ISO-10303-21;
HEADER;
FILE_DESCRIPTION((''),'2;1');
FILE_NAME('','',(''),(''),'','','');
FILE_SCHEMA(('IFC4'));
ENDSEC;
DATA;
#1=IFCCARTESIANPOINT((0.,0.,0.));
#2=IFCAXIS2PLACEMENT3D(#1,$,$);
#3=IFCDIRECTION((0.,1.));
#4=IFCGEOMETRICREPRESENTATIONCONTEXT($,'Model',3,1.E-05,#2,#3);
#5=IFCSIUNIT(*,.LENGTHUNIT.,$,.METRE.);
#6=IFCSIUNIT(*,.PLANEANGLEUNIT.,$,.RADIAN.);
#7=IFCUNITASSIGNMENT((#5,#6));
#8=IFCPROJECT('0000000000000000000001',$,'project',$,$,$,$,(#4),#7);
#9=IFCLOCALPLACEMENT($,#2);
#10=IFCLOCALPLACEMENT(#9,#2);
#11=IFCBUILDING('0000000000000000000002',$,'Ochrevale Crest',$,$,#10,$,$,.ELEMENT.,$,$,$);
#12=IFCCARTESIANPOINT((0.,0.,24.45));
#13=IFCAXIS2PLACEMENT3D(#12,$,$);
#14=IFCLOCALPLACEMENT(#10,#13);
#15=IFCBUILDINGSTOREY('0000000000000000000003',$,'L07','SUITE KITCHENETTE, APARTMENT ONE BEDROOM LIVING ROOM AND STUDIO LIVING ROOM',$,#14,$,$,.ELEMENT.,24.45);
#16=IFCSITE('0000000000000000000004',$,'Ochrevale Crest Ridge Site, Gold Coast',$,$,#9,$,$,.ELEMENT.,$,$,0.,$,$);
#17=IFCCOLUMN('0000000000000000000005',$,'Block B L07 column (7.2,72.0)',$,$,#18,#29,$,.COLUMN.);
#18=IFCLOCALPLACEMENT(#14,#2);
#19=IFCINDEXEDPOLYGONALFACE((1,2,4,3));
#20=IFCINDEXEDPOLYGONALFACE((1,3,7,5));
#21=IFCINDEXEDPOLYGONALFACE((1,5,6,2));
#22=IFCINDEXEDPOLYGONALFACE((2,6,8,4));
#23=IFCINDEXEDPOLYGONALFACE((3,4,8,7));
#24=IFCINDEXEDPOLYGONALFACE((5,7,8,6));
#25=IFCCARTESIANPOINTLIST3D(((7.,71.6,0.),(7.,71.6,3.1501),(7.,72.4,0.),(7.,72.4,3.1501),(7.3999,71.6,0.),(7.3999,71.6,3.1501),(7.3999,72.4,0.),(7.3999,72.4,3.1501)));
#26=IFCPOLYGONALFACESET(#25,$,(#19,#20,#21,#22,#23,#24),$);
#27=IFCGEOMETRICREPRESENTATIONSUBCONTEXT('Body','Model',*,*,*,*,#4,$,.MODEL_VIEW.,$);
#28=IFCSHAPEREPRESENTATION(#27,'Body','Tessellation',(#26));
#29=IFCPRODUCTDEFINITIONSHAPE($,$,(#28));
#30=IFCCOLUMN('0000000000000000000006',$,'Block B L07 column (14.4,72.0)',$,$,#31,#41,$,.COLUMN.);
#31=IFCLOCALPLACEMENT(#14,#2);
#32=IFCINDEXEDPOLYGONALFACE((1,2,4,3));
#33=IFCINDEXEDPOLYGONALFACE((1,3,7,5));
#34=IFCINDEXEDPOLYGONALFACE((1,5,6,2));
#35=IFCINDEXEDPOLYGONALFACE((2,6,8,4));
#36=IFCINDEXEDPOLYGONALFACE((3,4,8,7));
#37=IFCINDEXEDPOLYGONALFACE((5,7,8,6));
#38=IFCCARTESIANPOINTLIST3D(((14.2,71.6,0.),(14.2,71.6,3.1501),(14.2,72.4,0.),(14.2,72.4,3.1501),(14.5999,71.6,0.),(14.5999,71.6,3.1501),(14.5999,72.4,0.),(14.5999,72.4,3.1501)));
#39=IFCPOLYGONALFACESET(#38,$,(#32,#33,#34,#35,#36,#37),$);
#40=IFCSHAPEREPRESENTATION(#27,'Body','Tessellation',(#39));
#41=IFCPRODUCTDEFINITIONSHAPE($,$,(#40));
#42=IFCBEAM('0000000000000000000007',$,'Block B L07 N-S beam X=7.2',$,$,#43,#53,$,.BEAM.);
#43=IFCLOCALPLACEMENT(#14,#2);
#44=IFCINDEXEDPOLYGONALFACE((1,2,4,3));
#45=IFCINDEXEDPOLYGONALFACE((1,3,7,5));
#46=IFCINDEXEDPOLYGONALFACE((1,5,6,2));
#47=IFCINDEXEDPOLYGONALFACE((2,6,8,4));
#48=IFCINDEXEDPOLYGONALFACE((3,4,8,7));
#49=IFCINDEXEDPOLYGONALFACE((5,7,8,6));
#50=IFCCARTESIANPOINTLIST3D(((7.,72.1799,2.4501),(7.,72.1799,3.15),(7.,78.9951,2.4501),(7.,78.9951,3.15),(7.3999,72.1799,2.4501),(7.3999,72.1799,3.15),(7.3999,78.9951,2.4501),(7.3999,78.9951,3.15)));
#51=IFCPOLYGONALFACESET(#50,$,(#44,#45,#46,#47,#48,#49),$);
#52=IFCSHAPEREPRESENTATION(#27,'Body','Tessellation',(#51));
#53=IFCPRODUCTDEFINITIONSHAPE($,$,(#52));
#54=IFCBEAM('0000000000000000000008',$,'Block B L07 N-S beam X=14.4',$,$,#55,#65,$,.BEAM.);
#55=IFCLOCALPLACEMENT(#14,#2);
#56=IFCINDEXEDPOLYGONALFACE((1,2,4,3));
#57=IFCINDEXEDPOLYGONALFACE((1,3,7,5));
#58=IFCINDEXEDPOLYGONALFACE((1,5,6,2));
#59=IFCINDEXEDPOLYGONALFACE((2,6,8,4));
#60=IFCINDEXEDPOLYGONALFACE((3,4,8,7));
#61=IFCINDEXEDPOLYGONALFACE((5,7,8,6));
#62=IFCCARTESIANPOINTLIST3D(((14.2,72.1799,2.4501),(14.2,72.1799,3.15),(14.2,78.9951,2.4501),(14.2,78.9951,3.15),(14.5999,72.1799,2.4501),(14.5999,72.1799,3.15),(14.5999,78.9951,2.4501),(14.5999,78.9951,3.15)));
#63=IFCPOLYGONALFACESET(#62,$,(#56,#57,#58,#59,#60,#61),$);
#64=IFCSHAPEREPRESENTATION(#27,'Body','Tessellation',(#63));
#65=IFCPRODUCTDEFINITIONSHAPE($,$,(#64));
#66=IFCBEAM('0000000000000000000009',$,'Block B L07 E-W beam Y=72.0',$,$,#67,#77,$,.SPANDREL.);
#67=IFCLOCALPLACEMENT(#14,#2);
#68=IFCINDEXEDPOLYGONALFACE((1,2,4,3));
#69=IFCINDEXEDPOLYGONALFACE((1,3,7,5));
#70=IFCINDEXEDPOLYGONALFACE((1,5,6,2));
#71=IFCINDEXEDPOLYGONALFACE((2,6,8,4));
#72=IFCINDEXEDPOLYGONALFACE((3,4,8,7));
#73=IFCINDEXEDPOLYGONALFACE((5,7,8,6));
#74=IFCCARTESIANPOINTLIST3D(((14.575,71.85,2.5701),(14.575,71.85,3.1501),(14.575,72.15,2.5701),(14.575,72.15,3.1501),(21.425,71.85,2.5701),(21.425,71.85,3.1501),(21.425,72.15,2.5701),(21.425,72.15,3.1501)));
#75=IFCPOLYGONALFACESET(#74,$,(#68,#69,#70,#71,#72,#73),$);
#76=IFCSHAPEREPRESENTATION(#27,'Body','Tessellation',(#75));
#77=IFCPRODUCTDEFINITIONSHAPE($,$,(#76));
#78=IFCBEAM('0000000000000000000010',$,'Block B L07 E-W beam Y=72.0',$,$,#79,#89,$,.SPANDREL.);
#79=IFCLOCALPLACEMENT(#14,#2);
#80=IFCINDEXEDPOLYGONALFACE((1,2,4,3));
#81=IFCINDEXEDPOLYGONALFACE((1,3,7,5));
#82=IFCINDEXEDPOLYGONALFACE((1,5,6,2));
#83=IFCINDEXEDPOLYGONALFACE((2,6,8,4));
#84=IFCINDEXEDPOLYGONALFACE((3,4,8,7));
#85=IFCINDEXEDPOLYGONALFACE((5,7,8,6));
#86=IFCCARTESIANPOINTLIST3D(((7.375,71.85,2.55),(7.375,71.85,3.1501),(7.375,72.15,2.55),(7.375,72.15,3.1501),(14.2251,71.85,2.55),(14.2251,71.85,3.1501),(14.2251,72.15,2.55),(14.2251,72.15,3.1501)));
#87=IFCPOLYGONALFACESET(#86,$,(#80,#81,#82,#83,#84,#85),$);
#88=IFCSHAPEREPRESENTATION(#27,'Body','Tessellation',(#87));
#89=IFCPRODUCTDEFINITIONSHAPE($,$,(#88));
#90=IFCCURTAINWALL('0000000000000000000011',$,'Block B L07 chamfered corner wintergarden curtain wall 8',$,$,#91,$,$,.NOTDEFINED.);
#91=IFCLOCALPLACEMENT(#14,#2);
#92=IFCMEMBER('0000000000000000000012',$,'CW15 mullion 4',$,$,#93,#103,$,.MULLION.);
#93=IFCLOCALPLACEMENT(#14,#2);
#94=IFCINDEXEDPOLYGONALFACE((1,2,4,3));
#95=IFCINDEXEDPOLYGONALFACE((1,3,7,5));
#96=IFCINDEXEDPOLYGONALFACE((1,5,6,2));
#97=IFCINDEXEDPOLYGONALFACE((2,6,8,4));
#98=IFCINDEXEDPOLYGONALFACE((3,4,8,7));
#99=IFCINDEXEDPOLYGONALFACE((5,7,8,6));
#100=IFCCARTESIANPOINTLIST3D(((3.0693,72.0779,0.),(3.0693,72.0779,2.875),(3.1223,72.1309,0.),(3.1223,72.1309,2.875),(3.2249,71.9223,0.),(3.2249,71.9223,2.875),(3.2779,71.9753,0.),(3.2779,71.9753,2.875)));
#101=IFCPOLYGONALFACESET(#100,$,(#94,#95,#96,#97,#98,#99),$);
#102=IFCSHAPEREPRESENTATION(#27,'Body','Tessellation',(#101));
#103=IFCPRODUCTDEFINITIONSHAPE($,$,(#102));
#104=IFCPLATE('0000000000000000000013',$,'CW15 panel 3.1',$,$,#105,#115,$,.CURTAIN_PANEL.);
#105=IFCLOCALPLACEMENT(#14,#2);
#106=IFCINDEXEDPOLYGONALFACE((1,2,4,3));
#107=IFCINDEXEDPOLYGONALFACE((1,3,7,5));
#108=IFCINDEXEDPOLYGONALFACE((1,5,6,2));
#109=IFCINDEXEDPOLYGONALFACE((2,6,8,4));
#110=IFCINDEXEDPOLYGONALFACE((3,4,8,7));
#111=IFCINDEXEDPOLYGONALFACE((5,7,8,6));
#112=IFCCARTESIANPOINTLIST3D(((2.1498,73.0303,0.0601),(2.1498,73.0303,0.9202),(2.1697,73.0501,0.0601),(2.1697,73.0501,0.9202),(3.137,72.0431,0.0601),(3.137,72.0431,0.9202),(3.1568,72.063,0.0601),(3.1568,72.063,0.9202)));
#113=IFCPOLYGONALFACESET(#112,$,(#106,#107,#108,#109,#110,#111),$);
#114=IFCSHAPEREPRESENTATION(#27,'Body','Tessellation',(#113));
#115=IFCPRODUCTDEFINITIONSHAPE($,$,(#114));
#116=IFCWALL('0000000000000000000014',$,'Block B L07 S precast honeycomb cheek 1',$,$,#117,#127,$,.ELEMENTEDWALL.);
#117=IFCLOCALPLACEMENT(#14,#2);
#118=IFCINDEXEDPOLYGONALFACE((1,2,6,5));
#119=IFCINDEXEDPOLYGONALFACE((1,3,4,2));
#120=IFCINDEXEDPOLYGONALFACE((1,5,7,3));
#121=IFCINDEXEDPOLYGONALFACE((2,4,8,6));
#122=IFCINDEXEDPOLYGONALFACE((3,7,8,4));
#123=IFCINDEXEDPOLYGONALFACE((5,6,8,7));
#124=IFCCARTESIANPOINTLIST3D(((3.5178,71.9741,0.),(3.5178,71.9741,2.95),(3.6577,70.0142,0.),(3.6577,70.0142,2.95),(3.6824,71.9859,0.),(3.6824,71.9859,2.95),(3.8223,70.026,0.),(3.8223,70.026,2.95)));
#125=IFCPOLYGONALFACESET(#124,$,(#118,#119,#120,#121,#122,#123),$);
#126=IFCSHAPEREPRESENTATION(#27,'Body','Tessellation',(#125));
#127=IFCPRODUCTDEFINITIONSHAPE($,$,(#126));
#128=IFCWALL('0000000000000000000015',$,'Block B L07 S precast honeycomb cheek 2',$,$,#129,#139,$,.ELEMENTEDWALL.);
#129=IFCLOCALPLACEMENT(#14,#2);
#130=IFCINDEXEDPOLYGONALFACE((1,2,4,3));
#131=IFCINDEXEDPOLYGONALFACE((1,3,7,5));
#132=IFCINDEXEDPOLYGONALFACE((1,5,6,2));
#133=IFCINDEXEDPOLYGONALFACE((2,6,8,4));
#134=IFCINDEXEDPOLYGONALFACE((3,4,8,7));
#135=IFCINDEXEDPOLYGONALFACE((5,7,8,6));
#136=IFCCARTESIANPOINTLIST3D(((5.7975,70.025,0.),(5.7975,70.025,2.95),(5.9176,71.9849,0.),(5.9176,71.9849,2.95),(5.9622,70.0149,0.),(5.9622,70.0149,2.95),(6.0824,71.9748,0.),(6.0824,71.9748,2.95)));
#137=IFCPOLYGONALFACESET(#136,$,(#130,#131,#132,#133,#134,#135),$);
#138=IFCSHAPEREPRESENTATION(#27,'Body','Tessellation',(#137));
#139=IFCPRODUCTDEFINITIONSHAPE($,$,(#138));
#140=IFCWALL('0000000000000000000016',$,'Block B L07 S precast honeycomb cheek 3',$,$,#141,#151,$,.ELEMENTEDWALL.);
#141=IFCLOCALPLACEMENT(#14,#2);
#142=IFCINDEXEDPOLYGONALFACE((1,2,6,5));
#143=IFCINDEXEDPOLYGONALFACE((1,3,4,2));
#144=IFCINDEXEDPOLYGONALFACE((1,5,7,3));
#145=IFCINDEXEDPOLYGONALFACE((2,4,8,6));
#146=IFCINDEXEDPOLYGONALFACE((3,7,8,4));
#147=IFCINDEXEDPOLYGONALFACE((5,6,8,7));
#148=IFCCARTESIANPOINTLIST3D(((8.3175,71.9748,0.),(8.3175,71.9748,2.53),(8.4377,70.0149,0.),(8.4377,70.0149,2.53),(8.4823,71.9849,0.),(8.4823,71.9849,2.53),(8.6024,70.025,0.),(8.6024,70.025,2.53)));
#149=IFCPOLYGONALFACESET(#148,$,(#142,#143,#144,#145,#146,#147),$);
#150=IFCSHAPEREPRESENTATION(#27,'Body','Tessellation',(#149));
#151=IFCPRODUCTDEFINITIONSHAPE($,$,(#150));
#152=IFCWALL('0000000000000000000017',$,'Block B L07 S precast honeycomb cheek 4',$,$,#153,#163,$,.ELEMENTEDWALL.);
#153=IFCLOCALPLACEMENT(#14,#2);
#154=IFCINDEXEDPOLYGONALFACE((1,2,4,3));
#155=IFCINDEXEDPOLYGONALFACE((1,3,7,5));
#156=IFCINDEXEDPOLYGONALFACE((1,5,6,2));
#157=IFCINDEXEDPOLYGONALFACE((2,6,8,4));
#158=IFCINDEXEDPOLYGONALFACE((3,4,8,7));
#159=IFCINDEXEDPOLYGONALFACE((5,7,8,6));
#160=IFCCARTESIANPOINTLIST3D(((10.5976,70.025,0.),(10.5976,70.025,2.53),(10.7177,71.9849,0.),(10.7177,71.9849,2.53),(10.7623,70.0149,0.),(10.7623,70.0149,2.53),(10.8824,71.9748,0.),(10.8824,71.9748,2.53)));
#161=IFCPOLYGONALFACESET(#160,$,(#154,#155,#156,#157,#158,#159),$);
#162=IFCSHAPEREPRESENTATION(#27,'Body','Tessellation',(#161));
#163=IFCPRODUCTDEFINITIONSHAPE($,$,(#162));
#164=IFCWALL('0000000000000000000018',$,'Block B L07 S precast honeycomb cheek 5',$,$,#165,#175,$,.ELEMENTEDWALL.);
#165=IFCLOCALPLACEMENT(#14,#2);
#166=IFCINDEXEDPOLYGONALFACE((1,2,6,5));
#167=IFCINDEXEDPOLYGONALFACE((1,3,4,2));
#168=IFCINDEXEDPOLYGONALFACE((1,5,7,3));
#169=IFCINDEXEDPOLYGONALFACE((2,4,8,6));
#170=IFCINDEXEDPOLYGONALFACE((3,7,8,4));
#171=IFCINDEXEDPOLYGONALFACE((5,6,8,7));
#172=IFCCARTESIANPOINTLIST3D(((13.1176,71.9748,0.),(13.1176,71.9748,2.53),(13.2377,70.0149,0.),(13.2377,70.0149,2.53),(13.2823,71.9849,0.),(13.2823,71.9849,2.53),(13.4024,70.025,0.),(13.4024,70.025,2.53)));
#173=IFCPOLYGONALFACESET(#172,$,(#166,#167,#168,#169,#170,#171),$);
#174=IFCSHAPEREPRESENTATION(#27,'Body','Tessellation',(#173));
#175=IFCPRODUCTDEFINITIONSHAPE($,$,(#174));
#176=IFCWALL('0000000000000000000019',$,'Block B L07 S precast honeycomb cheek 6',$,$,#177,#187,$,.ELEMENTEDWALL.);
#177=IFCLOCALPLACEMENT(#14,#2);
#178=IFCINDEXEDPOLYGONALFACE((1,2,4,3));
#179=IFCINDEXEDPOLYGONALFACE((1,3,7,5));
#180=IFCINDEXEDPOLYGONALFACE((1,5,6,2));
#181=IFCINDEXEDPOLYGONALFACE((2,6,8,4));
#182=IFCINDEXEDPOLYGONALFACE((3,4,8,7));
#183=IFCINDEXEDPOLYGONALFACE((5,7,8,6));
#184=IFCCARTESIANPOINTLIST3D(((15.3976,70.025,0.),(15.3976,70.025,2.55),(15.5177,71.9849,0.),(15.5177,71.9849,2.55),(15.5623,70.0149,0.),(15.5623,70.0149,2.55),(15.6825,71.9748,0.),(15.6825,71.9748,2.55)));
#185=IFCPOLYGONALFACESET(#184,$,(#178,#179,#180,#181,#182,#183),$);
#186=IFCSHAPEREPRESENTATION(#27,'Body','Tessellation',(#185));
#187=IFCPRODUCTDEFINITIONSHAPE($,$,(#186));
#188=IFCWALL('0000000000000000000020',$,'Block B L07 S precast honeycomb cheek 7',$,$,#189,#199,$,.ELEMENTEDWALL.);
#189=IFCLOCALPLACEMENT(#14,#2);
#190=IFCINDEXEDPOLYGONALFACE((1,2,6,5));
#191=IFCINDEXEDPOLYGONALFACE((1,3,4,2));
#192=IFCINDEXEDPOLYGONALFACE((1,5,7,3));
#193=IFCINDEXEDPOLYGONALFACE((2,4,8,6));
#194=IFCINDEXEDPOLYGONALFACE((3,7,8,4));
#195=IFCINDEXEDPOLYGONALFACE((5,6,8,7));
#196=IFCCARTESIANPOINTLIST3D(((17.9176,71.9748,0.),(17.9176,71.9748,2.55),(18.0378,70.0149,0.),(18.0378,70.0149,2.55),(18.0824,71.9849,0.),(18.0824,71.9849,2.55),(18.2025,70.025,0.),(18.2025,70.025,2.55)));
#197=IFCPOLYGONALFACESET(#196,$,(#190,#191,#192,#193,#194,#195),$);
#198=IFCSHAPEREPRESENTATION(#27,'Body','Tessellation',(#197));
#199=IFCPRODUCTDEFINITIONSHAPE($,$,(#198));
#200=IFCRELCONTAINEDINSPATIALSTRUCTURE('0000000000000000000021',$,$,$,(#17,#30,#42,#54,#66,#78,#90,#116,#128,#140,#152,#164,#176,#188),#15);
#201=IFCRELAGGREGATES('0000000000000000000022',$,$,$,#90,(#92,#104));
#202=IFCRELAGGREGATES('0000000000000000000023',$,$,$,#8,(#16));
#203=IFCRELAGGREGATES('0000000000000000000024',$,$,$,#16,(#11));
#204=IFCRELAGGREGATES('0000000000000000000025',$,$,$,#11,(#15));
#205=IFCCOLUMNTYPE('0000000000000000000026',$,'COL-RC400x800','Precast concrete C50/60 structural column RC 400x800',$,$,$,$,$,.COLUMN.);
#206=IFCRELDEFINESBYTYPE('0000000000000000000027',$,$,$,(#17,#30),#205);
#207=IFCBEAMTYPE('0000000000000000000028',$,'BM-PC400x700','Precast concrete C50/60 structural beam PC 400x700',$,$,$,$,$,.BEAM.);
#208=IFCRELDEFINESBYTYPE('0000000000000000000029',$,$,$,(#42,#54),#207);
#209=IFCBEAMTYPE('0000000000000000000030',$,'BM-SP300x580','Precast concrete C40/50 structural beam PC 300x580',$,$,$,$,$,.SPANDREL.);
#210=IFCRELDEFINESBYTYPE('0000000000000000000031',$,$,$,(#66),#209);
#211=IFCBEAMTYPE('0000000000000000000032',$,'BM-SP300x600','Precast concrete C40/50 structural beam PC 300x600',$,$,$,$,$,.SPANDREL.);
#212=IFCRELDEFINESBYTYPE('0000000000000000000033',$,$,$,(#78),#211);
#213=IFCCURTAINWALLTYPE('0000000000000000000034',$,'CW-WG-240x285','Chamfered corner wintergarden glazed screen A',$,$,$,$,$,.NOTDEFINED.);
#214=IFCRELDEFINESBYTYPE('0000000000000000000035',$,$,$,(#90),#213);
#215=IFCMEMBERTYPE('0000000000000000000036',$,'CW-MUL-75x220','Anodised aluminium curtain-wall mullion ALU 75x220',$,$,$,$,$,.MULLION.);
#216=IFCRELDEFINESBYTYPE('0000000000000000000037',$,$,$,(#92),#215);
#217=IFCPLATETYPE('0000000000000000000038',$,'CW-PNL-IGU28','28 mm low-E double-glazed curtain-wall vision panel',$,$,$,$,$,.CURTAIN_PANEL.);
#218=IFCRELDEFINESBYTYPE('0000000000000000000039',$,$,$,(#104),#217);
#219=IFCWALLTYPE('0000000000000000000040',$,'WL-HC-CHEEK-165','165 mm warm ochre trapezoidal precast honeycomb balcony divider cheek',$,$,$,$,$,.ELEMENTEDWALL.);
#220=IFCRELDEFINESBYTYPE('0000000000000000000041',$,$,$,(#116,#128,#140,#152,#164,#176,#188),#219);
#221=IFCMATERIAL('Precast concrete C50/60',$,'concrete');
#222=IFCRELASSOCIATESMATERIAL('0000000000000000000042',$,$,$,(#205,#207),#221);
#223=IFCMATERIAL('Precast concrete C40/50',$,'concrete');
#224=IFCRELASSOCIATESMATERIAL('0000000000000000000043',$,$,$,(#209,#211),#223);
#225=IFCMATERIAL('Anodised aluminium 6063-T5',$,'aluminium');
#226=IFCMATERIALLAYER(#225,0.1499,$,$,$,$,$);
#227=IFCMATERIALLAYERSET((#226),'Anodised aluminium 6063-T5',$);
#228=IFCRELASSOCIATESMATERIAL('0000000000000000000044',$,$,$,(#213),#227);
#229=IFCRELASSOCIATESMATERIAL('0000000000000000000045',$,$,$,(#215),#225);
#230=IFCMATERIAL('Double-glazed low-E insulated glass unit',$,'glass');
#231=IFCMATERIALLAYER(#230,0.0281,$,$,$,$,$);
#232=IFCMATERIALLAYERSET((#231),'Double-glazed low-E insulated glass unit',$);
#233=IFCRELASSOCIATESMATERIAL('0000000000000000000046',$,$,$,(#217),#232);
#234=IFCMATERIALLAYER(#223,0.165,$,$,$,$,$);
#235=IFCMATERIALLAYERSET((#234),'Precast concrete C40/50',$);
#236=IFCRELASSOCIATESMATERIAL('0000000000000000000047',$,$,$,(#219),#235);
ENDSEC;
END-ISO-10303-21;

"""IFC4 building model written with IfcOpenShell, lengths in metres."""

from ifc_helpers import new_model, si_unit, direction, frame, frame_2d, origin, origin_2d, place, context, subcontext, project, spatial, rectangle, extrude, material, layer, layer_set, material_profile, profile_set, type_object, element, aggregate, save


model = new_model("IFC4")

# Units and contexts
model_context = context("Model", 3, precision=1e-05, world=origin(), true_north=direction((0.0, 1.0)))
body_context = subcontext(model_context, "Body", "Model", "MODEL_VIEW")
ifc_project = project(units=[si_unit("LENGTHUNIT", "METRE"), si_unit("PLANEANGLEUNIT", "RADIAN")], contexts=[model_context])

# Site, building, storey
site_placement = place(None, origin())
site = spatial("IfcSite", under=ifc_project, at=site_placement, Name="Ochrevale Crest Ridge Site, Gold Coast", CompositionType="ELEMENT", RefElevation=0.0)
building_placement = place(site_placement, origin())
building = spatial("IfcBuilding", under=site, at=building_placement, Name="Ochrevale Crest", CompositionType="ELEMENT")
storey_placement = place(building_placement, frame((0.0, 0.0, 24.45)))
storey = spatial("IfcBuildingStorey", under=building, at=storey_placement, Name="L07", Description="SUITE KITCHENETTE, APARTMENT ONE BEDROOM LIVING ROOM AND STUDIO LIVING ROOM", CompositionType="ELEMENT", Elevation=24.45)

# Columns
ifc_material_1 = material(Name="Precast concrete C50/60", Category="concrete")
ifc_material_profile_1 = material_profile(ifc_material_1, rectangle(XDim=0.3999, YDim=0.8, at=origin_2d()), Name="RC 400x800")
ifc_profile_set_1 = profile_set([ifc_material_profile_1], Name="Precast concrete C50/60")
column_type = type_object("IfcColumnType", Name="COL-RC400x800", Description="Precast concrete C50/60 structural column RC 400x800", PredefinedType="COLUMN", material=ifc_profile_set_1)
for number, where, z_axis, x_axis, name in (
    (1, (7.2, 72.0, 0.0), (0.0, 0.0, 1.0), (1.0, 0.0, 0.0), "Block B L07 column (7.2,72.0)"),
    (2, (14.3999, 72.0, 0.0), (0.0, 0.0, 1.0), (1.0, 0.0, 0.0), "Block B L07 column (14.4,72.0)"),
):
    element("IfcColumn", number, at=place(storey_placement, frame(where, z_axis=z_axis, x_axis=x_axis)), inside=storey, type_object=column_type, Name=name, PredefinedType="COLUMN", context=body_context, shape_type="SweptSolid", body=[
        extrude(rectangle(XDim=0.3999, YDim=0.8, at=origin_2d()), origin(), (0.0, 0.0, 1.0), 3.1501),
    ])

# Beams
ifc_material_profile_2 = material_profile(ifc_material_1, rectangle(XDim=0.3999, YDim=0.7, at=origin_2d()), Name="PC 400x700")
ifc_profile_set_2 = profile_set([ifc_material_profile_2], Name="Precast concrete C50/60")
beam_type_1 = type_object("IfcBeamType", Name="BM-PC400x700", Description="Precast concrete C50/60 structural beam PC 400x700", PredefinedType="BEAM", material=ifc_profile_set_2)
for number, where, z_axis, x_axis, name in (
    (3, (7.2, 72.1799, 2.8), (0.0, 1.0, 0.0), (-1.0, 0.0, 0.0), "Block B L07 N-S beam X=7.2"),
    (4, (14.3999, 72.1799, 2.8), (0.0, 1.0, 0.0), (-1.0, 0.0, 0.0), "Block B L07 N-S beam X=14.4"),
):
    element("IfcBeam", number, at=place(storey_placement, frame(where, z_axis=z_axis, x_axis=x_axis)), inside=storey, type_object=beam_type_1, Name=name, PredefinedType="BEAM", context=body_context, shape_type="SweptSolid", body=[
        extrude(rectangle(XDim=0.3999, YDim=0.7, at=origin_2d()), origin(), (0.0, 0.0, 1.0), 6.8152),
    ])
ifc_material_2 = material(Name="Precast concrete C40/50", Category="concrete")
ifc_material_profile_3 = material_profile(ifc_material_2, rectangle(XDim=0.3, YDim=0.5801, at=origin_2d()), Name="PC 300x580")
ifc_profile_set_3 = profile_set([ifc_material_profile_3], Name="Precast concrete C40/50")
beam_type_2 = type_object("IfcBeamType", Name="BM-SP300x580", Description="Precast concrete C40/50 structural beam PC 300x580", PredefinedType="SPANDREL", material=ifc_profile_set_3)
beam_1_placement = place(storey_placement, frame((14.575, 72.0, 2.8601), z_axis=(1.0, 0.0, 0.0), x_axis=(0.0, 1.0, 0.0)))
element("IfcBeam", 5, at=beam_1_placement, inside=storey, type_object=beam_type_2, Name="Block B L07 E-W beam Y=72.0", PredefinedType="SPANDREL", context=body_context, shape_type="SweptSolid", body=[
    extrude(rectangle(XDim=0.3, YDim=0.5801, at=origin_2d()), origin(), (0.0, 0.0, 1.0), 6.8501),
])
ifc_material_profile_4 = material_profile(ifc_material_2, rectangle(XDim=0.3, YDim=0.6001, at=origin_2d()), Name="PC 300x600")
ifc_profile_set_4 = profile_set([ifc_material_profile_4], Name="Precast concrete C40/50")
beam_type_3 = type_object("IfcBeamType", Name="BM-SP300x600", Description="Precast concrete C40/50 structural beam PC 300x600", PredefinedType="SPANDREL", material=ifc_profile_set_4)
beam_2_placement = place(storey_placement, frame((7.375, 72.0, 2.8501), z_axis=(1.0, 0.0, 0.0), x_axis=(0.0, 1.0, 0.0)))
element("IfcBeam", 6, at=beam_2_placement, inside=storey, type_object=beam_type_3, Name="Block B L07 E-W beam Y=72.0", PredefinedType="SPANDREL", context=body_context, shape_type="SweptSolid", body=[
    extrude(rectangle(XDim=0.3, YDim=0.6001, at=origin_2d()), origin(), (0.0, 0.0, 1.0), 6.8501),
])

# Curtain wall, member, plate
ifc_material_3 = material(Name="Anodised aluminium 6063-T5", Category="aluminium")
ifc_layer_1 = layer(ifc_material_3, 0.1499)
ifc_layer_set_1 = layer_set([ifc_layer_1], Name="Anodised aluminium 6063-T5")
curtain_wall_type = type_object("IfcCurtainWallType", Name="CW-WG-240x285", Description="Chamfered corner wintergarden glazed screen A", PredefinedType="NOTDEFINED", material=ifc_layer_set_1)
curtain_wall_placement = place(storey_placement, origin())
curtain_wall = element("IfcCurtainWall", 7, at=curtain_wall_placement, inside=storey, type_object=curtain_wall_type, Name="Block B L07 chamfered corner wintergarden curtain wall 8", PredefinedType="NOTDEFINED")
ifc_material_profile_5 = material_profile(ifc_material_3, rectangle(XDim=0.075, YDim=0.22, at=origin_2d()), Name="ALU 75x220")
ifc_profile_set_5 = profile_set([ifc_material_profile_5], Name="Anodised aluminium 6063-T5")
member_type = type_object("IfcMemberType", Name="CW-MUL-75x220", Description="Anodised aluminium curtain-wall mullion ALU 75x220", PredefinedType="MULLION", material=ifc_profile_set_5)
member_placement = place(storey_placement, frame((3.1736, 72.0266, 0.0), z_axis=(0.0, 0.0, 1.0), x_axis=(0.707107, 0.707107, 0.0)))
member = element("IfcMember", 8, at=member_placement, type_object=member_type, Name="CW15 mullion 4", PredefinedType="MULLION", context=body_context, shape_type="SweptSolid", body=[
    extrude(rectangle(XDim=0.075, YDim=0.22, at=origin_2d()), origin(), (0.0, 0.0, 1.0), 2.875),
])
ifc_material_4 = material(Name="Double-glazed low-E insulated glass unit", Category="glass")
ifc_layer_2 = layer(ifc_material_4, 0.0281)
ifc_layer_set_2 = layer_set([ifc_layer_2], Name="Double-glazed low-E insulated glass unit")
plate_type = type_object("IfcPlateType", Name="CW-PNL-IGU28", Description="28 mm low-E double-glazed curtain-wall vision panel", PredefinedType="CURTAIN_PANEL", material=ifc_layer_set_2)
plate_placement = place(storey_placement, frame((2.6533, 72.5466, 0.0601), z_axis=(0.0, 0.0, 1.0), x_axis=(0.707107, -0.707107, 0.0)))
plate = element("IfcPlate", 9, at=plate_placement, type_object=plate_type, Name="CW15 panel 3.1", PredefinedType="CURTAIN_PANEL", context=body_context, shape_type="SweptSolid", body=[
    extrude(rectangle(XDim=1.396, YDim=0.0281, at=origin_2d()), origin(), (0.0, 0.0, 1.0), 0.8601),
])
aggregate(curtain_wall, [member, plate])

# Walls
ifc_layer_3 = layer(ifc_material_2, 0.165)
ifc_layer_set_3 = layer_set([ifc_layer_3], Name="Precast concrete C40/50")
wall_type_1 = type_object("IfcWallType", Name="WL-HC-CHEEK-165", Description="165 mm warm ochre trapezoidal precast honeycomb balcony divider cheek", PredefinedType="ELEMENTEDWALL", material=ifc_layer_set_3)
wall_1_placement = place(storey_placement, frame((3.6001, 71.98, 0.0), z_axis=(0.0, 0.0, 1.0), x_axis=(0.071194, -0.997462, 0.0)))
element("IfcWall", 10, at=wall_1_placement, inside=storey, type_object=wall_type_1, Name="Block B L07 S precast honeycomb cheek 1", PredefinedType="ELEMENTEDWALL", context=body_context, shape_type="SweptSolid", body=[
    extrude(rectangle(XDim=1.9648, YDim=0.165, at=frame_2d((0.9824, 0.0))), origin(), (0.0, 0.0, 1.0), 2.95),
])
wall_2_placement = place(storey_placement, frame((6.0, 71.98, 0.0), z_axis=(0.0, 0.0, 1.0), x_axis=(-0.061171, -0.998127, 0.0)))
element("IfcWall", 11, at=wall_2_placement, inside=storey, type_object=wall_type_1, Name="Block B L07 S precast honeycomb cheek 2", PredefinedType="ELEMENTEDWALL", context=body_context, shape_type="SweptSolid", body=[
    extrude(rectangle(XDim=1.9636, YDim=0.165, at=frame_2d((0.9819, 0.0))), origin(), (0.0, 0.0, 1.0), 2.95),
])
for number, where, z_axis, x_axis, name in (
    (12, (8.3999, 71.98, 0.0), (0.0, 0.0, 1.0), (0.061171, -0.998127, 0.0), "Block B L07 S precast honeycomb cheek 3"),
    (13, (10.8, 71.98, 0.0), (0.0, 0.0, 1.0), (-0.061171, -0.998127, 0.0), "Block B L07 S precast honeycomb cheek 4"),
    (14, (13.2, 71.98, 0.0), (0.0, 0.0, 1.0), (0.061171, -0.998127, 0.0), "Block B L07 S precast honeycomb cheek 5"),
):
    element("IfcWall", number, at=place(storey_placement, frame(where, z_axis=z_axis, x_axis=x_axis)), inside=storey, type_object=wall_type_1, Name=name, PredefinedType="ELEMENTEDWALL", context=body_context, shape_type="SweptSolid", body=[
        extrude(rectangle(XDim=1.9636, YDim=0.165, at=frame_2d((0.9819, 0.0))), origin(), (0.0, 0.0, 1.0), 2.53),
    ])
for number, where, z_axis, x_axis, name in (
    (15, (15.6001, 71.98, 0.0), (0.0, 0.0, 1.0), (-0.061171, -0.998127, 0.0), "Block B L07 S precast honeycomb cheek 6"),
    (16, (18.0, 71.98, 0.0), (0.0, 0.0, 1.0), (0.061171, -0.998127, 0.0), "Block B L07 S precast honeycomb cheek 7"),
):
    element("IfcWall", number, at=place(storey_placement, frame(where, z_axis=z_axis, x_axis=x_axis)), inside=storey, type_object=wall_type_1, Name=name, PredefinedType="ELEMENTEDWALL", context=body_context, shape_type="SweptSolid", body=[
        extrude(rectangle(XDim=1.9636, YDim=0.165, at=frame_2d((0.9819, 0.0))), origin(), (0.0, 0.0, 1.0), 2.55),
    ])

save(model, "model.ifc")
